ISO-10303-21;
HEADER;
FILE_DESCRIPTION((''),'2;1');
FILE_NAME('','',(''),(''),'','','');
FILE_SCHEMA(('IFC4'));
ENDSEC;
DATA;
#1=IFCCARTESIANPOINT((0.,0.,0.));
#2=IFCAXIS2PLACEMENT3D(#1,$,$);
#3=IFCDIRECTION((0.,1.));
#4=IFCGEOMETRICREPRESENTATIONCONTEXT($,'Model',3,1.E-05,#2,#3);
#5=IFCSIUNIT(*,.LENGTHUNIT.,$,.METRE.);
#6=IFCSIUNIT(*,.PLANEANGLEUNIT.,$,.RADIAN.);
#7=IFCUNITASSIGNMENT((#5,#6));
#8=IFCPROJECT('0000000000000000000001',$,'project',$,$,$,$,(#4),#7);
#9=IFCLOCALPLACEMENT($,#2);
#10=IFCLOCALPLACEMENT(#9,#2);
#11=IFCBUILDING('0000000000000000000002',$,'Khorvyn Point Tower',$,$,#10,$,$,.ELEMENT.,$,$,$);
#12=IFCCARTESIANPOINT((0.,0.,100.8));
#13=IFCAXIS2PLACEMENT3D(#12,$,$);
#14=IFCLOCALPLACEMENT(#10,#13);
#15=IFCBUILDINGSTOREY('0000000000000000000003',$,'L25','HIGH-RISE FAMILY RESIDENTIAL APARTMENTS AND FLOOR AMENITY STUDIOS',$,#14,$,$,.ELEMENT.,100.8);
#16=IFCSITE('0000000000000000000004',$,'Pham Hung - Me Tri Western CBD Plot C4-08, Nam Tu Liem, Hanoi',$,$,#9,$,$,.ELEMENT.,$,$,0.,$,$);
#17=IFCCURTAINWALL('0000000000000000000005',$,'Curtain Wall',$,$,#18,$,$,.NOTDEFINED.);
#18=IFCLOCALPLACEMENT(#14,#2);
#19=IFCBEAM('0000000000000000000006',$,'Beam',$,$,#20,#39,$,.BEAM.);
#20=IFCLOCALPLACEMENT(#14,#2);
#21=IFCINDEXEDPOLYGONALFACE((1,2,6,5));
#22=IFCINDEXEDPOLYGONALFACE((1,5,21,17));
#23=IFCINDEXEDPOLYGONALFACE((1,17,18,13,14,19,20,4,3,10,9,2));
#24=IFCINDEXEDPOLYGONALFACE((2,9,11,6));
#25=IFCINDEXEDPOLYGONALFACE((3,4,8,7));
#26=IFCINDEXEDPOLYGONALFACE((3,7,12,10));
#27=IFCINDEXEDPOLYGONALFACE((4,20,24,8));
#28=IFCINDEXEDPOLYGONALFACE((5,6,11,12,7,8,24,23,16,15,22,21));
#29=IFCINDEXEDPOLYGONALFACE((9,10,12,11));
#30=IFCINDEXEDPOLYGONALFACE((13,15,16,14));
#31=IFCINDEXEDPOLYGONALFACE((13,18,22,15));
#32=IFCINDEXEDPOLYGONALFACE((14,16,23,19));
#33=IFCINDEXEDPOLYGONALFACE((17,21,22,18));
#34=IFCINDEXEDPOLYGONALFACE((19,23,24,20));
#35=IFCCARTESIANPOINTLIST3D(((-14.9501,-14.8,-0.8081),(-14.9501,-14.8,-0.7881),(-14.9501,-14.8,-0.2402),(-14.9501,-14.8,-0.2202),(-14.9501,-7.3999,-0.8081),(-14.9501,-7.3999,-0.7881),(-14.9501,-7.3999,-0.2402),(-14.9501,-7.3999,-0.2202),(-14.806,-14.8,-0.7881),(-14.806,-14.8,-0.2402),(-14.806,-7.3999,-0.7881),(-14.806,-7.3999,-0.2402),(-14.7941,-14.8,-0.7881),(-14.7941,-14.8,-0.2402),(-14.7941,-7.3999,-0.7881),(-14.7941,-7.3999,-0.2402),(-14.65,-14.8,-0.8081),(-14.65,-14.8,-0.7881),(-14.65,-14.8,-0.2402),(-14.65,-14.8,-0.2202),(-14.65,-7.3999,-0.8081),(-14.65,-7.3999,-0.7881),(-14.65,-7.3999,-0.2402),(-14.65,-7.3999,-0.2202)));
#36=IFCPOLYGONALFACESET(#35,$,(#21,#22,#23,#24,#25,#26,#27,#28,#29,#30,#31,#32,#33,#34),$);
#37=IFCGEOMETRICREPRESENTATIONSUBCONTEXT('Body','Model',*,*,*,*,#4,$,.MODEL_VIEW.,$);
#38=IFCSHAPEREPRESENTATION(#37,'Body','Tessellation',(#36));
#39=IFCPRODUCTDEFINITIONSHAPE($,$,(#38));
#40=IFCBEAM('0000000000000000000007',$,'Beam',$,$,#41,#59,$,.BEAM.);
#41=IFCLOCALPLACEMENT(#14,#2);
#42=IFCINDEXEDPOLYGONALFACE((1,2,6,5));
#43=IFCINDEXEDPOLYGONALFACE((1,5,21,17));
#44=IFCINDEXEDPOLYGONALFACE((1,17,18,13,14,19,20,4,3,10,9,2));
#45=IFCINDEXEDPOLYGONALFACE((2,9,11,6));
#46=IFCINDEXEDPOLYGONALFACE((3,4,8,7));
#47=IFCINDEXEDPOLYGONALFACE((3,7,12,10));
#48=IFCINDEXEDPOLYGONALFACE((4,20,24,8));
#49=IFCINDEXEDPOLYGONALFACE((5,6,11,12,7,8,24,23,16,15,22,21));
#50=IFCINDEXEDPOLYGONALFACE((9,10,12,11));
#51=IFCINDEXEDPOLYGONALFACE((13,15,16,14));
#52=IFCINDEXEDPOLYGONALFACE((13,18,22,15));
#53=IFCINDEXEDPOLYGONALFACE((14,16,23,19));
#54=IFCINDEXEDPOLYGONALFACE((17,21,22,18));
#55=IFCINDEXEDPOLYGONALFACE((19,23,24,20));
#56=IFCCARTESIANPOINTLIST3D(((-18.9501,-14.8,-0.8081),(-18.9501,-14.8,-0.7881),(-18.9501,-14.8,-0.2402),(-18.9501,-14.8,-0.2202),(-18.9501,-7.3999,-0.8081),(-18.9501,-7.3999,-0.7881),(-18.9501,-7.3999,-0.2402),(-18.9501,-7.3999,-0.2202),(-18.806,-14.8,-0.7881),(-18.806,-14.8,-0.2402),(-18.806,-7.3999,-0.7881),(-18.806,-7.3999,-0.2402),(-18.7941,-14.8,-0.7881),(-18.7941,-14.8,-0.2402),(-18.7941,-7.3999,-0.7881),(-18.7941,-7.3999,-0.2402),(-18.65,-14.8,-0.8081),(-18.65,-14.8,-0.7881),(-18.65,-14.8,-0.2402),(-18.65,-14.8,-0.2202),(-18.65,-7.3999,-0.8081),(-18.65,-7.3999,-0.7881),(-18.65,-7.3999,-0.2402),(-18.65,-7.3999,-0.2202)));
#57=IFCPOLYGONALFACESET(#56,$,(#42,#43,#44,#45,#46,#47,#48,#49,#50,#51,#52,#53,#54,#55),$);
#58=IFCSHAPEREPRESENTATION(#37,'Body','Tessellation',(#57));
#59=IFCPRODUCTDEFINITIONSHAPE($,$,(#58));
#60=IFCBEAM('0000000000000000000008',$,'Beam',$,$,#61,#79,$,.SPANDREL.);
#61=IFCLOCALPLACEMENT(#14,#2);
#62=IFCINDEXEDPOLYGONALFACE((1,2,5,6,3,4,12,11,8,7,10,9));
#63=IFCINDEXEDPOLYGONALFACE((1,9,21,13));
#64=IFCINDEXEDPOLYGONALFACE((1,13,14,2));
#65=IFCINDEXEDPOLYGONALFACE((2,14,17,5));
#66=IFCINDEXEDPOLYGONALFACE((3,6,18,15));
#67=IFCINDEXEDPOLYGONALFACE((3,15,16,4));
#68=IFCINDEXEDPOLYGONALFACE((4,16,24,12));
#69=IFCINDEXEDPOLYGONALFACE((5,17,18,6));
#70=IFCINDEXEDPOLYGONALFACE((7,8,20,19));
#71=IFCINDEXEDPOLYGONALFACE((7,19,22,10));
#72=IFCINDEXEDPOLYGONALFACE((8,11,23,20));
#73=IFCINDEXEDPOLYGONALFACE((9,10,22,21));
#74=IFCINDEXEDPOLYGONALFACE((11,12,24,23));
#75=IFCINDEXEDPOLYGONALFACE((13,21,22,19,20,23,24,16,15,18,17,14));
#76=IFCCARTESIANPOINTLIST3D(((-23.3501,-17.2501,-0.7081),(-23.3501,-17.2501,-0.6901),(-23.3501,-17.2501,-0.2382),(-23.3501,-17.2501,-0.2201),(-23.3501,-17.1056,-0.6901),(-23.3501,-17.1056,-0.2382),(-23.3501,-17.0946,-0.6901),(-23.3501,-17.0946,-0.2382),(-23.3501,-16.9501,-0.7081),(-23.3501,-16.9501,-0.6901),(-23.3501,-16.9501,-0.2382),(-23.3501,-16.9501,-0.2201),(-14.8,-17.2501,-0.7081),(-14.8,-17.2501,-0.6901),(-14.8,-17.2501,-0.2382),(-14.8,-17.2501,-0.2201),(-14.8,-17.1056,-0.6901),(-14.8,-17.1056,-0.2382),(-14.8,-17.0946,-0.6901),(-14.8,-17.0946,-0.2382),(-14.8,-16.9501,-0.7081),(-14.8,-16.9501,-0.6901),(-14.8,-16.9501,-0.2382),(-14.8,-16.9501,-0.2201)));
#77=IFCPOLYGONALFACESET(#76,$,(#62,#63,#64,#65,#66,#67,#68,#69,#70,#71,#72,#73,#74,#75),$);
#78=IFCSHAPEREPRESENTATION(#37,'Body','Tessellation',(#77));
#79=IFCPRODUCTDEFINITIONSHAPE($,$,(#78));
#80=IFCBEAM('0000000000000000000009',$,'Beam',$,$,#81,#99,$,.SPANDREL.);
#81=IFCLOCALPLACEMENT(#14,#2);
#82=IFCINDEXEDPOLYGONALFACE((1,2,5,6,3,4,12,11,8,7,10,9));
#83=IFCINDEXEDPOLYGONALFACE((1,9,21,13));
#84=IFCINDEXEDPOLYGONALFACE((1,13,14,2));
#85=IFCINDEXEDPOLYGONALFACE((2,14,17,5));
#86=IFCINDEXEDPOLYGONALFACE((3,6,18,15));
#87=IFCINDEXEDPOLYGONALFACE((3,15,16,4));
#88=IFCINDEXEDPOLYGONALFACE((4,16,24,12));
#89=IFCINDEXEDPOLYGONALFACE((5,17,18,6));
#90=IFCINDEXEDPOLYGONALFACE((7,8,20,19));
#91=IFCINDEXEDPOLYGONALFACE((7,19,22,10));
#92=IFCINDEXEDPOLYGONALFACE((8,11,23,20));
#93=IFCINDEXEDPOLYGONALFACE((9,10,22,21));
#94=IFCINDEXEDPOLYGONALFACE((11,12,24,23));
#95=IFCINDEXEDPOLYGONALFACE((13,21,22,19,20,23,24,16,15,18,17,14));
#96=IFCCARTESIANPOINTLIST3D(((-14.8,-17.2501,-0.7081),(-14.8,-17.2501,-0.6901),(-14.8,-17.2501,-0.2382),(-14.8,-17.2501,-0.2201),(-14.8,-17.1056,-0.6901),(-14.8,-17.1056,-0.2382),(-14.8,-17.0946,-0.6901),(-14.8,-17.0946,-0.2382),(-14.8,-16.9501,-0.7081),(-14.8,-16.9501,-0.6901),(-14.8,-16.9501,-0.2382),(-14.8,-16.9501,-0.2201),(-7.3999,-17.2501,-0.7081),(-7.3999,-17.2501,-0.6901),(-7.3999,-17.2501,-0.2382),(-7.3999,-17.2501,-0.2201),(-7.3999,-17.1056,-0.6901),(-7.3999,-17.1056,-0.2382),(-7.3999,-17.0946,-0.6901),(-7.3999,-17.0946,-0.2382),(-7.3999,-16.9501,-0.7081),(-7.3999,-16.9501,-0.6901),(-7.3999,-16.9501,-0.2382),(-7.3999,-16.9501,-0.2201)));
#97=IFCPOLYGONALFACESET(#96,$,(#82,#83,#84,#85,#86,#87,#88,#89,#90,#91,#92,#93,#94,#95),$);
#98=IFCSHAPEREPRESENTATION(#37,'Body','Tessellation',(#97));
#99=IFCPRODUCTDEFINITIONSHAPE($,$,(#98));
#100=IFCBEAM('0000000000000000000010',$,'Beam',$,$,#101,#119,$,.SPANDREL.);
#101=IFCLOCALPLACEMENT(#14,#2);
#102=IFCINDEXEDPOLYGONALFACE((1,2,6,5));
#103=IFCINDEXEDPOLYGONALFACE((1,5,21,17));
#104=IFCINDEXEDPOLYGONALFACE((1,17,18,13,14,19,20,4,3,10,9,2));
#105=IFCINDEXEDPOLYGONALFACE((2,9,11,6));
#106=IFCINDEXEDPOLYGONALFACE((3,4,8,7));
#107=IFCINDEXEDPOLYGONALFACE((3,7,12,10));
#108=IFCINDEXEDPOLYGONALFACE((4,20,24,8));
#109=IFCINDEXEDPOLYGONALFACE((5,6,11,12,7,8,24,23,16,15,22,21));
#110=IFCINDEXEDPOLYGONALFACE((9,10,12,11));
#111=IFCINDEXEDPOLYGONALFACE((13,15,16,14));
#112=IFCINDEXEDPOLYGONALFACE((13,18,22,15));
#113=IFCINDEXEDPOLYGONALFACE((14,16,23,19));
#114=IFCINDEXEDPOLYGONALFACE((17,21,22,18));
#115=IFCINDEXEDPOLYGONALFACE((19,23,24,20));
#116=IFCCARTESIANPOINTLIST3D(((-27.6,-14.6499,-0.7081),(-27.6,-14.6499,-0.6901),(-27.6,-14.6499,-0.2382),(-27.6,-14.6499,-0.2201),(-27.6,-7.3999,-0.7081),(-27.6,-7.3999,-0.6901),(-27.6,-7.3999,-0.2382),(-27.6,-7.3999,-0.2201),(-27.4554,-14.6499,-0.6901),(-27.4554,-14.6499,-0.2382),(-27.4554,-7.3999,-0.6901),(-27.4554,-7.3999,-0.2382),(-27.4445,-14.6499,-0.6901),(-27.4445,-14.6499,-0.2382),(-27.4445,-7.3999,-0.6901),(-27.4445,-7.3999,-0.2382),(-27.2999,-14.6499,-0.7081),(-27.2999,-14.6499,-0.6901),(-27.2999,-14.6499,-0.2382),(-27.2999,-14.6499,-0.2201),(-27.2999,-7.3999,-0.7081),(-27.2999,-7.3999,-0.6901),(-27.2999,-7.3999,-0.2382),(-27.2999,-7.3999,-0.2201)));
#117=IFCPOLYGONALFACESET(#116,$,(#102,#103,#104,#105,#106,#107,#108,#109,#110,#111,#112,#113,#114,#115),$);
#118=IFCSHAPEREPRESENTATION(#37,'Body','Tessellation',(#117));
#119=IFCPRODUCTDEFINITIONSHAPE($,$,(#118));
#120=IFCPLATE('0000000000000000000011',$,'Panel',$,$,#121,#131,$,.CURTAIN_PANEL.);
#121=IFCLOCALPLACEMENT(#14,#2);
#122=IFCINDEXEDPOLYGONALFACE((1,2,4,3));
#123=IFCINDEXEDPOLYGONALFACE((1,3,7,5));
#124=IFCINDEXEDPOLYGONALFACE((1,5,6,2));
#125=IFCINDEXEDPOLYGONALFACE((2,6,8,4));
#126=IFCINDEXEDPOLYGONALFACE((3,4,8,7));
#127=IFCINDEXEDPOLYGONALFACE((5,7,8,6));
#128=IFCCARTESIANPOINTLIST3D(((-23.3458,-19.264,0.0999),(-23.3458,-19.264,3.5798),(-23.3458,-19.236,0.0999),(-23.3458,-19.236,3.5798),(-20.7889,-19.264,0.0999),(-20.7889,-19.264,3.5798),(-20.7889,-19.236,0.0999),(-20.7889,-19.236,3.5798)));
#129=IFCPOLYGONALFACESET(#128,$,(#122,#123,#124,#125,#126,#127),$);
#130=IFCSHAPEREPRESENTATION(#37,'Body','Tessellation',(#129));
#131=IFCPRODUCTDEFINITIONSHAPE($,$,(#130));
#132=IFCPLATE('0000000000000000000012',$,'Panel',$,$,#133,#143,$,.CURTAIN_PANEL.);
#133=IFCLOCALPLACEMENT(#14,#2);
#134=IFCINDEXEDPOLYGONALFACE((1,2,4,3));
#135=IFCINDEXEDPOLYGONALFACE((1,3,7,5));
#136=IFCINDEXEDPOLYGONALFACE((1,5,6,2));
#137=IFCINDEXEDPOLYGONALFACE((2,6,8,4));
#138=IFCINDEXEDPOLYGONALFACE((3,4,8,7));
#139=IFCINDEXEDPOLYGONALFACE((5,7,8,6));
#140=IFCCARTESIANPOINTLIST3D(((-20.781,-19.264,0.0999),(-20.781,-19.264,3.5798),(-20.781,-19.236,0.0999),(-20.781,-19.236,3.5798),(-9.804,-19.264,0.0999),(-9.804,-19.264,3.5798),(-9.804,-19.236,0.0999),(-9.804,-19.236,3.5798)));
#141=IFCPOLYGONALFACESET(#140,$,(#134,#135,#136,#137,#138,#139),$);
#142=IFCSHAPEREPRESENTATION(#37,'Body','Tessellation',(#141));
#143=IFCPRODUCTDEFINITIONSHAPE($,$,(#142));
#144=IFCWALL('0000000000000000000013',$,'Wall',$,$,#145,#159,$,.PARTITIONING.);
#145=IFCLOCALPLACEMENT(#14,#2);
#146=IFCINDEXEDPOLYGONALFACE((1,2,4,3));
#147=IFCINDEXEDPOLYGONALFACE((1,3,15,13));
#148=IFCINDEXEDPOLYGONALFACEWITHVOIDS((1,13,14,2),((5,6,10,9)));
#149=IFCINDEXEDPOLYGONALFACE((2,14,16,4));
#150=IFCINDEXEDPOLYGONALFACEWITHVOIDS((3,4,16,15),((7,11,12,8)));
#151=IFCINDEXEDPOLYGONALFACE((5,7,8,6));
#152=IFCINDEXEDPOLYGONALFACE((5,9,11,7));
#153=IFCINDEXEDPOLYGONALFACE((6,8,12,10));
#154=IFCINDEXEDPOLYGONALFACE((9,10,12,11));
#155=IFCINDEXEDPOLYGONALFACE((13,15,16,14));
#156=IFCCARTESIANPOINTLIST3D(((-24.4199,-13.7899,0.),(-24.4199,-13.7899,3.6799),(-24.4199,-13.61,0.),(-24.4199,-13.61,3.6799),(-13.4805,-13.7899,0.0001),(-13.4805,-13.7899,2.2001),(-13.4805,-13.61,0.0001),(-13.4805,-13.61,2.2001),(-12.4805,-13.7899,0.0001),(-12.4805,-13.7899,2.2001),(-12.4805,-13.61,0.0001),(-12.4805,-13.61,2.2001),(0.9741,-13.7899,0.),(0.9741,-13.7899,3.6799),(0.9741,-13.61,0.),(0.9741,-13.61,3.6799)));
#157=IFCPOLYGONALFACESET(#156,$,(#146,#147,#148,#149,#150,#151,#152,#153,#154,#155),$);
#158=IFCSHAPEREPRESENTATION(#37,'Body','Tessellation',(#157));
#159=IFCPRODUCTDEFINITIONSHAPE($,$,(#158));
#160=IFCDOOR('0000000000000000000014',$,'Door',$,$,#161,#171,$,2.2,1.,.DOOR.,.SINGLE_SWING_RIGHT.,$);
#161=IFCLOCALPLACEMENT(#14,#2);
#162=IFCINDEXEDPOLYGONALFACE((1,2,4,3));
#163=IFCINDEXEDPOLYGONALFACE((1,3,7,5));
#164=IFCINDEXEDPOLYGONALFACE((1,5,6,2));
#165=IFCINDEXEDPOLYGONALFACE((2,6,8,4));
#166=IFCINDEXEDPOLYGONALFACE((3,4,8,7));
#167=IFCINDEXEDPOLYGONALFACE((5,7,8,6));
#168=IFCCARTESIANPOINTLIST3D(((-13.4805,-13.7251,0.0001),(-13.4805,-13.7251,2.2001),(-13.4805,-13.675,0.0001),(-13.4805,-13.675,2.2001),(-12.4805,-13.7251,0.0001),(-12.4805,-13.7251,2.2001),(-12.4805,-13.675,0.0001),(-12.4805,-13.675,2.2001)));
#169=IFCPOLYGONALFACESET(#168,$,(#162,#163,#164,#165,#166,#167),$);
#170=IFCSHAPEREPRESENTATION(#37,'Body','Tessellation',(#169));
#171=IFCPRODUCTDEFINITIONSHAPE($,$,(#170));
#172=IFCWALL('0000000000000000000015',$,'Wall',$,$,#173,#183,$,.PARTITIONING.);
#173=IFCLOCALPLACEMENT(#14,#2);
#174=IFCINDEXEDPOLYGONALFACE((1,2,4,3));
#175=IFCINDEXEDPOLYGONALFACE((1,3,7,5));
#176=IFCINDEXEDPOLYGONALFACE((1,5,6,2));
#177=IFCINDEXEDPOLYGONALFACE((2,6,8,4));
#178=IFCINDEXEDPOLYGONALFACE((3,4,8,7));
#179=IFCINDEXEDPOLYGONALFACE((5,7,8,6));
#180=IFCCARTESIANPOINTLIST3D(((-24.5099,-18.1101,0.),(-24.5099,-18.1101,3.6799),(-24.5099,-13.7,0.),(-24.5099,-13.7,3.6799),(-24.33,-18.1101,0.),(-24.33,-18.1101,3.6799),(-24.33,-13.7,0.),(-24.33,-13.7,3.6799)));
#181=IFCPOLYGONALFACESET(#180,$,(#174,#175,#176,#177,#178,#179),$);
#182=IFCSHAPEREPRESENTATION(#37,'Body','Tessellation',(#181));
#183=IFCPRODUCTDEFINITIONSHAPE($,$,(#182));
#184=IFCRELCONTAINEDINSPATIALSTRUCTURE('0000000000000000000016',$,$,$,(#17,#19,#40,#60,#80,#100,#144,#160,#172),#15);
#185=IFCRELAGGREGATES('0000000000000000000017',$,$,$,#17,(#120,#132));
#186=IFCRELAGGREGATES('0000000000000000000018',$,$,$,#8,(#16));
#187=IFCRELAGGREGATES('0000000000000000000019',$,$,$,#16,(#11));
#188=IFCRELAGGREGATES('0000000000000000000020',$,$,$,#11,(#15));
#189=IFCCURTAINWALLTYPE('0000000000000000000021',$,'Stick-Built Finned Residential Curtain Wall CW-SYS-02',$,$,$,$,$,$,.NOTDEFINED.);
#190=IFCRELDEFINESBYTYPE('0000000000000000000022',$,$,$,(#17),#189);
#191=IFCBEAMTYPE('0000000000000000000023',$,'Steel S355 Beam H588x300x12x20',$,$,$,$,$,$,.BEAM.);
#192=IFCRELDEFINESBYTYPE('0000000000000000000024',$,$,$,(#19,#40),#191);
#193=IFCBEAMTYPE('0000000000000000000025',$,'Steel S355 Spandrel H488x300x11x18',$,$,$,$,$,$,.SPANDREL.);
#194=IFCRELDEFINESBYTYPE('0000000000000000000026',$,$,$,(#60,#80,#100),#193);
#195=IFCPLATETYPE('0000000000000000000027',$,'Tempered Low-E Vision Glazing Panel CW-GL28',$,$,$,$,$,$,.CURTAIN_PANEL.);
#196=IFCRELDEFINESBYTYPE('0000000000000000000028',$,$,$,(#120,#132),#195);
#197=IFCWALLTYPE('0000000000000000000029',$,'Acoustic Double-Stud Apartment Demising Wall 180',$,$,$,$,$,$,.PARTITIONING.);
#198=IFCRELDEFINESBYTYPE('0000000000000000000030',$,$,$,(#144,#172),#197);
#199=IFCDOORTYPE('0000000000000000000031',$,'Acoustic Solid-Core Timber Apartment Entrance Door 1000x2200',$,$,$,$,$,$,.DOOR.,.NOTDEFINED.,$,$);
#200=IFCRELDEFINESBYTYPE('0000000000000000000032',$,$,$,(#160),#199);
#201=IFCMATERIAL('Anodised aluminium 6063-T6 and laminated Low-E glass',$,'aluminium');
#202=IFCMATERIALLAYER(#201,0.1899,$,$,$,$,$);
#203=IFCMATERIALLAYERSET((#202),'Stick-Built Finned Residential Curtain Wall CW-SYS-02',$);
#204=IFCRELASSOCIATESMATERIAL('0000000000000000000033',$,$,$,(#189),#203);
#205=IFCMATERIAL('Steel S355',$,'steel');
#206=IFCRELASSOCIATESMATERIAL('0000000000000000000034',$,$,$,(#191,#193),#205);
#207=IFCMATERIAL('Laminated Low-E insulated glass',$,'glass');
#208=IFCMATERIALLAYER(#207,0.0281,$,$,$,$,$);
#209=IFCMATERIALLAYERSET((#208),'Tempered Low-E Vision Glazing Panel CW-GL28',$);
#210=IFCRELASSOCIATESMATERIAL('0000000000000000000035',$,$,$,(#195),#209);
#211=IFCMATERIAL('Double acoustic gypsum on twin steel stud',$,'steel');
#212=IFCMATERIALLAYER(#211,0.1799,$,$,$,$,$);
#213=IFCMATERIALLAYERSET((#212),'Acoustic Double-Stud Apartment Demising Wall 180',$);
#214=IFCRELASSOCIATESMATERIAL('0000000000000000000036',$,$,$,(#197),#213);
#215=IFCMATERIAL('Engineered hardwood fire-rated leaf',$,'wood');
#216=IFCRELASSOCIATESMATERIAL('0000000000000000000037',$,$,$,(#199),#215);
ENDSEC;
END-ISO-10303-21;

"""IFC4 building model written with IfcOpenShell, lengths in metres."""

from ifc_helpers import new_model, si_unit, direction, frame, frame_2d, origin, origin_2d, place, context, subcontext, project, spatial, rectangle, i_section, extrude, material, layer, layer_set, material_profile, profile_set, type_object, element, fill, aggregate, save


model = new_model("IFC4")

# Units and contexts
model_context = context("Model", 3, precision=1e-05, world=origin(), true_north=direction((0.0, 1.0)))
body_context = subcontext(model_context, "Body", "Model", "MODEL_VIEW")
ifc_project = project(units=[si_unit("LENGTHUNIT", "METRE"), si_unit("PLANEANGLEUNIT", "RADIAN")], contexts=[model_context])

# Site, building, storey
site_placement = place(None, origin())
site = spatial("IfcSite", under=ifc_project, at=site_placement, Name="Pham Hung - Me Tri Western CBD Plot C4-08, Nam Tu Liem, Hanoi", CompositionType="ELEMENT", RefElevation=0.0)
building_placement = place(site_placement, origin())
building = spatial("IfcBuilding", under=site, at=building_placement, Name="Khorvyn Point Tower", CompositionType="ELEMENT")
storey_placement = place(building_placement, frame((0.0, 0.0, 100.8)))
storey = spatial("IfcBuildingStorey", under=building, at=storey_placement, Name="L25", Description="HIGH-RISE FAMILY RESIDENTIAL APARTMENTS AND FLOOR AMENITY STUDIOS", CompositionType="ELEMENT", Elevation=100.8)

# Curtain wall
ifc_material_1 = material(Name="Anodised aluminium 6063-T6 and laminated Low-E glass", Category="aluminium")
ifc_layer_1 = layer(ifc_material_1, 0.1899)
ifc_layer_set_1 = layer_set([ifc_layer_1], Name="Stick-Built Finned Residential Curtain Wall CW-SYS-02")
curtain_wall_type = type_object("IfcCurtainWallType", Name="Stick-Built Finned Residential Curtain Wall CW-SYS-02", PredefinedType="NOTDEFINED", material=ifc_layer_set_1)
curtain_wall_1_placement = place(storey_placement, origin())
curtain_wall_1 = element("IfcCurtainWall", 1, at=curtain_wall_1_placement, inside=storey, type_object=curtain_wall_type, Name="Curtain Wall", PredefinedType="NOTDEFINED")

# Beams
ifc_material_2 = material(Name="Steel S355", Category="steel")
ifc_material_profile_1 = material_profile(ifc_material_2, i_section(OverallWidth=0.3, OverallDepth=0.5879, WebThickness=0.012, FlangeThickness=0.02, at=origin_2d()))
ifc_profile_set_1 = profile_set([ifc_material_profile_1], Name="Steel S355 H588x300x12x20")
beam_type_1 = type_object("IfcBeamType", Name="Steel S355 Beam H588x300x12x20", PredefinedType="BEAM", material=ifc_profile_set_1)
for number, where, z_axis, x_axis, name in (
    (2, (-14.8, -14.8, -0.5142), (0.0, 1.0, 0.0), (-1.0, 0.0, 0.0), "Beam"),
    (3, (-18.8, -14.8, -0.5142), (0.0, 1.0, 0.0), (-1.0, 0.0, 0.0), "Beam"),
):
    element("IfcBeam", number, at=place(storey_placement, frame(where, z_axis=z_axis, x_axis=x_axis)), inside=storey, type_object=beam_type_1, Name=name, PredefinedType="BEAM", context=body_context, shape_type="SweptSolid", body=[
        extrude(i_section(OverallWidth=0.3, OverallDepth=0.5879, WebThickness=0.012, FlangeThickness=0.02, at=origin_2d()), origin(), (0.0, 0.0, 1.0), 7.4001),
    ])
ifc_material_profile_2 = material_profile(ifc_material_2, i_section(OverallWidth=0.3, OverallDepth=0.488, WebThickness=0.011, FlangeThickness=0.0181, at=origin_2d()))
ifc_profile_set_2 = profile_set([ifc_material_profile_2], Name="Steel S355 H488x300x11x18")
beam_type_2 = type_object("IfcBeamType", Name="Steel S355 Spandrel H488x300x11x18", PredefinedType="SPANDREL", material=ifc_profile_set_2)
beam_1_placement = place(storey_placement, frame((-23.3501, -17.1001, -0.4641), z_axis=(1.0, 0.0, 0.0), x_axis=(0.0, 1.0, 0.0)))
element("IfcBeam", 4, at=beam_1_placement, inside=storey, type_object=beam_type_2, Name="Beam", PredefinedType="SPANDREL", context=body_context, shape_type="SweptSolid", body=[
    extrude(i_section(OverallWidth=0.3, OverallDepth=0.488, WebThickness=0.011, FlangeThickness=0.0181, at=origin_2d()), origin(), (0.0, 0.0, 1.0), 8.55),
])
beam_2_placement = place(storey_placement, frame((-14.8, -17.1001, -0.4641), z_axis=(1.0, 0.0, 0.0), x_axis=(0.0, 1.0, 0.0)))
element("IfcBeam", 5, at=beam_2_placement, inside=storey, type_object=beam_type_2, Name="Beam", PredefinedType="SPANDREL", context=body_context, shape_type="SweptSolid", body=[
    extrude(i_section(OverallWidth=0.3, OverallDepth=0.488, WebThickness=0.011, FlangeThickness=0.0181, at=origin_2d()), origin(), (0.0, 0.0, 1.0), 7.4001),
])
beam_3_placement = place(storey_placement, frame((-27.45, -14.6499, -0.4641), z_axis=(0.0, 1.0, 0.0), x_axis=(-1.0, 0.0, 0.0)))
element("IfcBeam", 6, at=beam_3_placement, inside=storey, type_object=beam_type_2, Name="Beam", PredefinedType="SPANDREL", context=body_context, shape_type="SweptSolid", body=[
    extrude(i_section(OverallWidth=0.3, OverallDepth=0.488, WebThickness=0.011, FlangeThickness=0.0181, at=origin_2d()), origin(), (0.0, 0.0, 1.0), 7.25),
])

# Plates
ifc_material_3 = material(Name="Laminated Low-E insulated glass", Category="glass")
ifc_layer_2 = layer(ifc_material_3, 0.0281)
ifc_layer_set_2 = layer_set([ifc_layer_2], Name="Tempered Low-E Vision Glazing Panel CW-GL28")
plate_type = type_object("IfcPlateType", Name="Tempered Low-E Vision Glazing Panel CW-GL28", PredefinedType="CURTAIN_PANEL", material=ifc_layer_set_2)
plate_1_placement = place(storey_placement, frame((-22.0674, -19.25, 0.0999), z_axis=(0.0, 0.0, 1.0), x_axis=(-1.0, 0.0, 0.0)))
plate_1 = element("IfcPlate", 7, at=plate_1_placement, type_object=plate_type, Name="Panel", PredefinedType="CURTAIN_PANEL", context=body_context, shape_type="SweptSolid", body=[
    extrude(rectangle(XDim=2.5569, YDim=0.0281, at=origin_2d()), origin(), (0.0, 0.0, 1.0), 3.48),
])
plate_2_placement = place(storey_placement, frame((-15.2925, -19.25, 0.0999), z_axis=(0.0, 0.0, 1.0), x_axis=(-1.0, 0.0, 0.0)))
plate_2 = element("IfcPlate", 8, at=plate_2_placement, type_object=plate_type, Name="Panel", PredefinedType="CURTAIN_PANEL", context=body_context, shape_type="SweptSolid", body=[
    extrude(rectangle(XDim=10.9771, YDim=0.0281, at=origin_2d()), origin(), (0.0, 0.0, 1.0), 3.48),
])
aggregate(curtain_wall_1, [plate_1, plate_2])

# Wall, opening, door
ifc_material_4 = material(Name="Double acoustic gypsum on twin steel stud", Category="steel")
ifc_layer_3 = layer(ifc_material_4, 0.1799)
ifc_layer_set_3 = layer_set([ifc_layer_3], Name="Acoustic Double-Stud Apartment Demising Wall 180")
wall_type_1 = type_object("IfcWallType", Name="Acoustic Double-Stud Apartment Demising Wall 180", PredefinedType="PARTITIONING", material=ifc_layer_set_3)
wall_1_placement = place(storey_placement, frame((-24.4199, -13.7, 0.0), z_axis=(0.0, 0.0, 1.0), x_axis=(1.0, 0.0, 0.0)))
wall_1 = element("IfcWall", 9, at=wall_1_placement, inside=storey, type_object=wall_type_1, Name="Wall", PredefinedType="PARTITIONING", context=body_context, shape_type="SweptSolid", body=[
    extrude(rectangle(XDim=25.394, YDim=0.1799, at=frame_2d((12.697, 0.0))), origin(), (0.0, 0.0, 1.0), 3.6799),
])
opening_1_placement = place(wall_1_placement, frame((10.9395, 0.0, 0.0)))
opening_1 = element("IfcOpeningElement", 10, at=opening_1_placement, cuts=wall_1, PredefinedType="OPENING", context=body_context, shape_type="SweptSolid", body=[
    extrude(rectangle(XDim=1.0, YDim=2.2, at=frame_2d((0.5, 1.1001))), frame((0.0, 0.0999, 0.0), z_axis=(0.0, -1.0, 0.0), x_axis=(1.0, 0.0, 0.0)), (0.0, 0.0, 1.0), 0.2),
])
ifc_material_5 = material(Name="Engineered hardwood fire-rated leaf", Category="wood")
door_type_1 = type_object("IfcDoorType", Name="Acoustic Solid-Core Timber Apartment Entrance Door 1000x2200", OperationType="NOTDEFINED", PredefinedType="DOOR", material=ifc_material_5)
door_1_placement = place(opening_1_placement, origin())
door_1 = element("IfcDoor", 11, at=door_1_placement, inside=storey, type_object=door_type_1, Name="Door", OperationType="SINGLE_SWING_RIGHT", OverallHeight=2.2, OverallWidth=1.0, PredefinedType="DOOR", context=body_context, shape_type="SweptSolid", body=[
    extrude(rectangle(XDim=1.0, YDim=2.2, at=frame_2d((0.5, 1.1001))), frame((0.0, 0.0249, 0.0), z_axis=(0.0, -1.0, 0.0), x_axis=(1.0, 0.0, 0.0)), (0.0, 0.0, 1.0), 0.05),
])
fill(opening_1, door_1)

# Wall
wall_2_placement = place(storey_placement, frame((-24.4199, -18.1101, 0.0), z_axis=(0.0, 0.0, 1.0), x_axis=(0.0, 1.0, 0.0)))
element("IfcWall", 12, at=wall_2_placement, inside=storey, type_object=wall_type_1, Name="Wall", PredefinedType="PARTITIONING", context=body_context, shape_type="SweptSolid", body=[
    extrude(rectangle(XDim=4.4102, YDim=0.1799, at=frame_2d((2.2051, 0.0))), origin(), (0.0, 0.0, 1.0), 3.6799),
])

save(model, "model.ifc")
